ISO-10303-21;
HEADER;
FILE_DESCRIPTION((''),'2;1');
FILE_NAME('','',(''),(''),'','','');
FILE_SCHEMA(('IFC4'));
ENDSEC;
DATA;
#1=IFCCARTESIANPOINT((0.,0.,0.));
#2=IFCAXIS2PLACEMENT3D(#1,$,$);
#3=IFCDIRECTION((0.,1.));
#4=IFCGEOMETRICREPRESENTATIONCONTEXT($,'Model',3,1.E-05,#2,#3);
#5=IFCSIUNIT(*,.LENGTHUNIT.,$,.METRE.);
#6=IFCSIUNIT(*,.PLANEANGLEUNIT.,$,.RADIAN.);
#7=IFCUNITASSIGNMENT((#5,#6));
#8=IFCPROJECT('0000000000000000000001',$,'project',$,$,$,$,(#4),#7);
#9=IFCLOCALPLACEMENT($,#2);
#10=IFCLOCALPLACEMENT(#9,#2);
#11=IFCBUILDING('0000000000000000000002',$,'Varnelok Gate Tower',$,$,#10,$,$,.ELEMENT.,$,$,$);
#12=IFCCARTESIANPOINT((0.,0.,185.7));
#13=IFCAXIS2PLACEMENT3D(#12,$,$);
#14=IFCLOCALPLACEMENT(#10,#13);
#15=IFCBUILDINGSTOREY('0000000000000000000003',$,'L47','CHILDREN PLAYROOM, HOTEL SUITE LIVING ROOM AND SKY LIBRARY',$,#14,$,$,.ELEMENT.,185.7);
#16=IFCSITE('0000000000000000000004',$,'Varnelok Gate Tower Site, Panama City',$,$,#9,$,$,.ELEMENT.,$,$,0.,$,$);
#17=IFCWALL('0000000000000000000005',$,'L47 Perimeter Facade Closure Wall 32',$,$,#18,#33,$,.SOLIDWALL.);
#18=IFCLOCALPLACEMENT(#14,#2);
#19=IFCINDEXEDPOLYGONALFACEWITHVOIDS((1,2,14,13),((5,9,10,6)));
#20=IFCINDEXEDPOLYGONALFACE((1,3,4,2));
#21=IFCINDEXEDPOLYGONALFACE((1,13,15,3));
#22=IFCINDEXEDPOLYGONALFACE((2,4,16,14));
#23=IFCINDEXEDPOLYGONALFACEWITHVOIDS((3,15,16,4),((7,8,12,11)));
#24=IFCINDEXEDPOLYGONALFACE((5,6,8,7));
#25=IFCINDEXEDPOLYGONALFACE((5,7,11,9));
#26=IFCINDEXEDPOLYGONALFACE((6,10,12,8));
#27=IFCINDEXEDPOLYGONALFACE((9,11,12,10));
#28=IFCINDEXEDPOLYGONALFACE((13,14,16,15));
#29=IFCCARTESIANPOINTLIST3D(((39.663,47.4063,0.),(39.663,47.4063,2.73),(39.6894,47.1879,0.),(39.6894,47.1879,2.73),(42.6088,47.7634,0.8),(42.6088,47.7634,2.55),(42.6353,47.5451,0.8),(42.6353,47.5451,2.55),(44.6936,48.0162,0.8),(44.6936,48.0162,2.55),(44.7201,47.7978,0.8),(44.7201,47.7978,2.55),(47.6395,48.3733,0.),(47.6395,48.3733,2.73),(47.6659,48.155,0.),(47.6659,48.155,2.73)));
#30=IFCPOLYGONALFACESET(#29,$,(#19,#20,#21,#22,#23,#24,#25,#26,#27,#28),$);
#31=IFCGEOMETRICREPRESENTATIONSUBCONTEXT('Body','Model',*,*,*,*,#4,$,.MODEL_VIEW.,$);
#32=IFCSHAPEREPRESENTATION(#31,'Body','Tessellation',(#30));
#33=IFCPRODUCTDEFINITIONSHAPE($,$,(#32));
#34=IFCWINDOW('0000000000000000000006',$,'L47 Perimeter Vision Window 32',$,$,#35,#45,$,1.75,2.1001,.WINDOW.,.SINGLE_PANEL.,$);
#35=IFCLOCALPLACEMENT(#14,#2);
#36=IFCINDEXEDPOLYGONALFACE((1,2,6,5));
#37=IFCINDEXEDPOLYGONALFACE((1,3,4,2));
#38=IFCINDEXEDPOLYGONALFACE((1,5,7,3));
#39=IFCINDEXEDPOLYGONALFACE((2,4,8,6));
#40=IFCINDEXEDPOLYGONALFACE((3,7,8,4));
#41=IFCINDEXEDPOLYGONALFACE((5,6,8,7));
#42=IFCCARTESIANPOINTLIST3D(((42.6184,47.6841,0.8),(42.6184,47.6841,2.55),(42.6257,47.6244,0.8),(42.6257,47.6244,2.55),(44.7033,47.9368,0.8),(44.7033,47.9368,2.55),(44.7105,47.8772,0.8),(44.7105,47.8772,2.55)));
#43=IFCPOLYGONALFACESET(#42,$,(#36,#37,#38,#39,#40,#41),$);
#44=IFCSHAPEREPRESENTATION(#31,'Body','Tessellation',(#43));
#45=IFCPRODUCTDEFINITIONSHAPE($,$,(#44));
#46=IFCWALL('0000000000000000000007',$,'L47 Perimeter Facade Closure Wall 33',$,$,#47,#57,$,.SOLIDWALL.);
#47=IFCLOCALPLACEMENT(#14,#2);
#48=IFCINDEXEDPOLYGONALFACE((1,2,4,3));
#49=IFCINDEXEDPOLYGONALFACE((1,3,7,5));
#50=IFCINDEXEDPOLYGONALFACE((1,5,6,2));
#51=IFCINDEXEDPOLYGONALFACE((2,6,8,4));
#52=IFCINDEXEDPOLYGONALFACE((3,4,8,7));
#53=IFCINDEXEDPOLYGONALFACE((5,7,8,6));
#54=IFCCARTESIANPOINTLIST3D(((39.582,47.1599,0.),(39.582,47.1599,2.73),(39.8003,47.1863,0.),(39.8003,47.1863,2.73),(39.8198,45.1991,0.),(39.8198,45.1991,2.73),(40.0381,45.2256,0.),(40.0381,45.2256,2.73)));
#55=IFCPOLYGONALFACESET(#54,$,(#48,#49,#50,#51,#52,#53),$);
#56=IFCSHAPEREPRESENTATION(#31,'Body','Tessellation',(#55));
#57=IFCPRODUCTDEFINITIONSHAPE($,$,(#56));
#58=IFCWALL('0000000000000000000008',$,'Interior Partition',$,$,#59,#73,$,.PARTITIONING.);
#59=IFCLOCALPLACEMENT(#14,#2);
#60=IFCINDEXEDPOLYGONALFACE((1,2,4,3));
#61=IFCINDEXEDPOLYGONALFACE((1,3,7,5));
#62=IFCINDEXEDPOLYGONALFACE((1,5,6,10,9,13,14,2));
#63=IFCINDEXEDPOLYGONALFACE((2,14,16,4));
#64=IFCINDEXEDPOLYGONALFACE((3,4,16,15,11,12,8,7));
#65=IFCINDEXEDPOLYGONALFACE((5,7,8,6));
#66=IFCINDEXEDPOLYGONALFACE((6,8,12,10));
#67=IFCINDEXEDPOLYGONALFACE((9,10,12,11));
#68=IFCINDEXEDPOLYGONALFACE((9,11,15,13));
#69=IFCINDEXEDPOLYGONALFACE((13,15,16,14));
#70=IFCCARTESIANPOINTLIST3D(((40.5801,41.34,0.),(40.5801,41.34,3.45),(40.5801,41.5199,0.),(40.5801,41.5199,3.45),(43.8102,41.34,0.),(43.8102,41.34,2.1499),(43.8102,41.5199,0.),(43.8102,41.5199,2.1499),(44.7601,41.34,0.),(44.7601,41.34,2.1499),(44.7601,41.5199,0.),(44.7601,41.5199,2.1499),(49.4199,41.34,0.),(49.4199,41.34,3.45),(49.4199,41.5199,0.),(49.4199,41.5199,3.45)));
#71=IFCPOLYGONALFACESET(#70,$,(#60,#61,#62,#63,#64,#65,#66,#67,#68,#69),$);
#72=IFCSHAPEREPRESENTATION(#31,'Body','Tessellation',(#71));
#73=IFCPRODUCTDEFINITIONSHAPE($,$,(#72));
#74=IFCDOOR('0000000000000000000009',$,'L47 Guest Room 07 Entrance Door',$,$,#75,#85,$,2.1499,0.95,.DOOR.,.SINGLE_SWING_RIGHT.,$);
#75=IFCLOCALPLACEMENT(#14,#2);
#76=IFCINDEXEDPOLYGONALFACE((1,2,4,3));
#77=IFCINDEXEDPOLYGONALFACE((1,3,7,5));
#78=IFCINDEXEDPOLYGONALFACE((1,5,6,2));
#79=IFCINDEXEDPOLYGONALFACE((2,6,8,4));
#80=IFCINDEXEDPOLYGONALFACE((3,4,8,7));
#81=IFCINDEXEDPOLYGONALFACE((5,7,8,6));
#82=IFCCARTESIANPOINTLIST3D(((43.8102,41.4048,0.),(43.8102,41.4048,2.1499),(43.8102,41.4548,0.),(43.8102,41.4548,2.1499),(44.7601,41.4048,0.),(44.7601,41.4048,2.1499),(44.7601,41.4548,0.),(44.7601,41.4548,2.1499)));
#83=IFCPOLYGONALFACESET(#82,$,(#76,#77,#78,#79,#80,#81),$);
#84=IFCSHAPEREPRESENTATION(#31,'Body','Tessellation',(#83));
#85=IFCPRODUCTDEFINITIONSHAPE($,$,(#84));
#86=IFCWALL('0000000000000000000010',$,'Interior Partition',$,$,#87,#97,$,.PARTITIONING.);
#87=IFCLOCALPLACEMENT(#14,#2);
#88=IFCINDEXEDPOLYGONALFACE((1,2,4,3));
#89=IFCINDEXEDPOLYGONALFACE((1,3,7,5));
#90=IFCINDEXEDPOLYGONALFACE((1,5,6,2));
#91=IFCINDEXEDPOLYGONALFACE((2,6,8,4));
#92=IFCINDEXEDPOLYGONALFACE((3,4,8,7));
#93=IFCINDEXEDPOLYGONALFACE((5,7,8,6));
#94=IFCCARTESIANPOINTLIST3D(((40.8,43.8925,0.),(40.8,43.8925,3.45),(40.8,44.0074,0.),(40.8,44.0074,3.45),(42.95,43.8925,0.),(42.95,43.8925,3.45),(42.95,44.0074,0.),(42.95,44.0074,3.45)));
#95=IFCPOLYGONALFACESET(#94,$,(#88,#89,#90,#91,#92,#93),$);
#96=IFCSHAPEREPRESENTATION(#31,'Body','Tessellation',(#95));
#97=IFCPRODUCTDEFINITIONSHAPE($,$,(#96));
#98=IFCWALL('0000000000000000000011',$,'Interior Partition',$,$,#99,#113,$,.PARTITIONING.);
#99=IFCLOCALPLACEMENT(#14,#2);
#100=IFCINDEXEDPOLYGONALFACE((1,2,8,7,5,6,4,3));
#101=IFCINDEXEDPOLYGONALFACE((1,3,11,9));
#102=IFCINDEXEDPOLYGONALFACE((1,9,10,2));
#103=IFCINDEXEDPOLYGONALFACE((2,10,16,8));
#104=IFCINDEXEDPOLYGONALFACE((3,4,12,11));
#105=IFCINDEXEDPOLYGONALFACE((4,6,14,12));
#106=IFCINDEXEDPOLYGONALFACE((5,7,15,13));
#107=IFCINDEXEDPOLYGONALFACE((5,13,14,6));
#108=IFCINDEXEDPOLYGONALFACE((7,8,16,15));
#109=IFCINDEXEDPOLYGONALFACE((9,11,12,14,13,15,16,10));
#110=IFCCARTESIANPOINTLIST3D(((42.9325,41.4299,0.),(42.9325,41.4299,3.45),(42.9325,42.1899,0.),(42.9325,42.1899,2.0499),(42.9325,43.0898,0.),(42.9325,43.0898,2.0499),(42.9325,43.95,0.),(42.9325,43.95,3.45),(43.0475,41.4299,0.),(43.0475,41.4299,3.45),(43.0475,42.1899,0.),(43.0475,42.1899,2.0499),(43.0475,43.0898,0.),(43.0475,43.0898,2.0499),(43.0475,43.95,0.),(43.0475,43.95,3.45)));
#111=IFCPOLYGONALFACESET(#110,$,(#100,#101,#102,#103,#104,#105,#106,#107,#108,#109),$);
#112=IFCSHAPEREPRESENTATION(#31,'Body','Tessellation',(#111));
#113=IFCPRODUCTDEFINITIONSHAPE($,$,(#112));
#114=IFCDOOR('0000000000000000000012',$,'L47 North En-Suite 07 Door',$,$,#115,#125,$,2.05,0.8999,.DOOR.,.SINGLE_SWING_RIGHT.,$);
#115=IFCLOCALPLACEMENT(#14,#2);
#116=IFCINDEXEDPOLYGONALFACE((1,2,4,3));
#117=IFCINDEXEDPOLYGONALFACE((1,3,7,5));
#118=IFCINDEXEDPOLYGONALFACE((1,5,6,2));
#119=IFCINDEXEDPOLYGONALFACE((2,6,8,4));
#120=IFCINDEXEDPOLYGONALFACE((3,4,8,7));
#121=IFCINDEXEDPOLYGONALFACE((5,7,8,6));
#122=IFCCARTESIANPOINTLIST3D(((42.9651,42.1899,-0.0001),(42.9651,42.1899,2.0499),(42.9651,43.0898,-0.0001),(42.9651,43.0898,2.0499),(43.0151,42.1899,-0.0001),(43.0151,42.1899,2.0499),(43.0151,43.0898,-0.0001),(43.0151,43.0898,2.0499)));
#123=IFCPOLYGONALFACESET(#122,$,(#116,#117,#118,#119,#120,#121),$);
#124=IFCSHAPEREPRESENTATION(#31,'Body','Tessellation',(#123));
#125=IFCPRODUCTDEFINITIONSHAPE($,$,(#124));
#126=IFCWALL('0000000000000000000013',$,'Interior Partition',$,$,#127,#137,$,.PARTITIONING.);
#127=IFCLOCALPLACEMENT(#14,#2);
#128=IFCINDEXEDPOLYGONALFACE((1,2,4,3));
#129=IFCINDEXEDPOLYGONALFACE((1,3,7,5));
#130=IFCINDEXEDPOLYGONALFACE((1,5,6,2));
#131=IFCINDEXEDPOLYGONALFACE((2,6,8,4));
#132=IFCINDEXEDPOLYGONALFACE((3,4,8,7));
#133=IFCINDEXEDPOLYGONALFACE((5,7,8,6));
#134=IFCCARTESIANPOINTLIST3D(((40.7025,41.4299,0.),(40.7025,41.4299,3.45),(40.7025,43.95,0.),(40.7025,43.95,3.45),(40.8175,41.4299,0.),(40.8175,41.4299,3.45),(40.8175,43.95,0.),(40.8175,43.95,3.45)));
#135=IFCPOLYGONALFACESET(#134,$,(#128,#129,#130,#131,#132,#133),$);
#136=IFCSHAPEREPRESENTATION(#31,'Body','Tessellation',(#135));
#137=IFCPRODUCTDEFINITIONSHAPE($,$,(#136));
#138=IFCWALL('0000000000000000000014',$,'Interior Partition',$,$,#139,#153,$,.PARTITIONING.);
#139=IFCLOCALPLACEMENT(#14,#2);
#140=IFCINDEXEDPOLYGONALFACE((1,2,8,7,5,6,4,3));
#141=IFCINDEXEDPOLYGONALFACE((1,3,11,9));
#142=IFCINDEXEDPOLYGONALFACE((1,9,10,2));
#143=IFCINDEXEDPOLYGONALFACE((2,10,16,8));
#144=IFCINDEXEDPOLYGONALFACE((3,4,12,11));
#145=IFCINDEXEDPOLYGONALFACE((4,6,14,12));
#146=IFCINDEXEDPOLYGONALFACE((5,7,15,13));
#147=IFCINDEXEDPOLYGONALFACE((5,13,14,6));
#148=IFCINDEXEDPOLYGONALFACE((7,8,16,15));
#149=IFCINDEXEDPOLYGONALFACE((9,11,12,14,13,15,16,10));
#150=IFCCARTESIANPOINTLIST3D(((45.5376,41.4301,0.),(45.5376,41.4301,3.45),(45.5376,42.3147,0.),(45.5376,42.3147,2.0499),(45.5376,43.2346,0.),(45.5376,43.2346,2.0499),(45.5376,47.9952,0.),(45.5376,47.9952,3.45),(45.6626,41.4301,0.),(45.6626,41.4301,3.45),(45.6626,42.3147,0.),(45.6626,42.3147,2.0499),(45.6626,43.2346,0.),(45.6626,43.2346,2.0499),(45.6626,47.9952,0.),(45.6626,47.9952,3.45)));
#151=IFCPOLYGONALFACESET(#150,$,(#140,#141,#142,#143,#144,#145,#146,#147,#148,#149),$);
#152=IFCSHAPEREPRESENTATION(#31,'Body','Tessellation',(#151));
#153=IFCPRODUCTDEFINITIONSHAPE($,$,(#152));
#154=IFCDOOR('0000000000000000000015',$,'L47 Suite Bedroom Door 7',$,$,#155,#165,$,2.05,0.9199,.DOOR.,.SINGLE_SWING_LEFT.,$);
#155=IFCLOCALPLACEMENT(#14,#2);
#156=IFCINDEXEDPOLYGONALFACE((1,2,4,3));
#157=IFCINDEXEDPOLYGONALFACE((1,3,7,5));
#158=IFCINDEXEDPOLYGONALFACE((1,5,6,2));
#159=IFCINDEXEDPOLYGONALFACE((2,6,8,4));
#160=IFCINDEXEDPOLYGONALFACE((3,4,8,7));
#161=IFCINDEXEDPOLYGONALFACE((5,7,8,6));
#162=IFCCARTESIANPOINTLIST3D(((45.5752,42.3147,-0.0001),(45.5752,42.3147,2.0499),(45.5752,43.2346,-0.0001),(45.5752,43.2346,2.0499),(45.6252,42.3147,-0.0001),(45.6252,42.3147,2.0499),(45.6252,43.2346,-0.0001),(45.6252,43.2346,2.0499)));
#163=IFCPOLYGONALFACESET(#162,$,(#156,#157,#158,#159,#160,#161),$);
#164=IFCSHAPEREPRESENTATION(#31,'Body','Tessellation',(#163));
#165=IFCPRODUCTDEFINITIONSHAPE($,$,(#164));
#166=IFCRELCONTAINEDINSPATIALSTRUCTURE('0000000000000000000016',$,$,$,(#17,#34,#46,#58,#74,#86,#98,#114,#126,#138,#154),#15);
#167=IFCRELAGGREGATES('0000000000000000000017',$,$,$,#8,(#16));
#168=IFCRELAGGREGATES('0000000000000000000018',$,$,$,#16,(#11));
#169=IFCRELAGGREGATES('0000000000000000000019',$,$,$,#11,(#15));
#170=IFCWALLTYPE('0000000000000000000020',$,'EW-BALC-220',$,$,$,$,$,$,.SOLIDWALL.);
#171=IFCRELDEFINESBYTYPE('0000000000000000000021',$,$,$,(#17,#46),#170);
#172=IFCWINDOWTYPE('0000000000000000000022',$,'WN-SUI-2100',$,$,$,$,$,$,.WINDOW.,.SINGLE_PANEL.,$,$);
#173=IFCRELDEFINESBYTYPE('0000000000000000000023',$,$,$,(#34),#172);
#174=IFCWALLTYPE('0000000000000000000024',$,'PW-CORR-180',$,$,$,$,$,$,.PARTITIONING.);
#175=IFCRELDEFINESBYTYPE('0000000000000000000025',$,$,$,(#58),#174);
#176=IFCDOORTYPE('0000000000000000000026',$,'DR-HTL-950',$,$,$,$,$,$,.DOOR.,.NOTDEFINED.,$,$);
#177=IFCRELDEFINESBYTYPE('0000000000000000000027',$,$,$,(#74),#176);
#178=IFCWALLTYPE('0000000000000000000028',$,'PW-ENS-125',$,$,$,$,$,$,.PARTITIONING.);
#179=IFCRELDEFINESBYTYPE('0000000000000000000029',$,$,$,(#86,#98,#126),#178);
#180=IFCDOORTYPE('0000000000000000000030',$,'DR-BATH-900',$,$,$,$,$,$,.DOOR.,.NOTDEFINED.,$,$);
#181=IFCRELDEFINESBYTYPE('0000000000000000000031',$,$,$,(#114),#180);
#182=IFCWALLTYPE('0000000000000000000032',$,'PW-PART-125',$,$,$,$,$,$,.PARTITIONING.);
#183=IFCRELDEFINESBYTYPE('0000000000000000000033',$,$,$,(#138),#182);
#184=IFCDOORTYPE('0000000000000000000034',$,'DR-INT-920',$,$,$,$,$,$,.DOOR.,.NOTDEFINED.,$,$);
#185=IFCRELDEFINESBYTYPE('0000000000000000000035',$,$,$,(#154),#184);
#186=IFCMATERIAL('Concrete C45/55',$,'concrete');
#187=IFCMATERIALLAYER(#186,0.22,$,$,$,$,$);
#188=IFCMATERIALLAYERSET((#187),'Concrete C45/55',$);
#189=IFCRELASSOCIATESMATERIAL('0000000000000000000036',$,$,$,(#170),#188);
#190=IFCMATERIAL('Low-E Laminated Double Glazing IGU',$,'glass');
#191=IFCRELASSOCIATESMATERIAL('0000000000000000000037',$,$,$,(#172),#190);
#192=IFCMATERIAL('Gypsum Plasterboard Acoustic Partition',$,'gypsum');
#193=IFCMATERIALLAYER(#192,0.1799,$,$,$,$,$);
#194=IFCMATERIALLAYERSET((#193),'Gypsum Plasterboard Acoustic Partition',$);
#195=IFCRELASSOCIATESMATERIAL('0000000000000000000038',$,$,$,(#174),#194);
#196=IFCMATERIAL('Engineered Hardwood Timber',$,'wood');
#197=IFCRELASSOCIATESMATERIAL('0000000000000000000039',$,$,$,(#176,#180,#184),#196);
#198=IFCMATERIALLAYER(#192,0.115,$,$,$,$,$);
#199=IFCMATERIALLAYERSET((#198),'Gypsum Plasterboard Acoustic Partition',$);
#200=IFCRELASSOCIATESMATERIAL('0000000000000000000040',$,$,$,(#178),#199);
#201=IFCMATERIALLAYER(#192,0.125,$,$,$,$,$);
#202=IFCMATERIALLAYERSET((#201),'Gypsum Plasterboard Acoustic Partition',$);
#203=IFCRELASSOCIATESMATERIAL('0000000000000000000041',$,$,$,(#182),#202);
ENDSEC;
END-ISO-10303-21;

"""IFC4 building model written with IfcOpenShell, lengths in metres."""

from ifc_helpers import new_model, si_unit, direction, frame, frame_2d, origin, place, context, subcontext, project, spatial, rectangle, extrude, material, layer, layer_set, type_object, element, fill, save


model = new_model("IFC4")

# Units and contexts
model_context = context("Model", 3, precision=1e-05, world=origin(), true_north=direction((0.0, 1.0)))
body_context = subcontext(model_context, "Body", "Model", "MODEL_VIEW")
ifc_project = project(units=[si_unit("LENGTHUNIT", "METRE"), si_unit("PLANEANGLEUNIT", "RADIAN")], contexts=[model_context])

# Site, building, storey
site_placement = place(None, origin())
site = spatial("IfcSite", under=ifc_project, at=site_placement, Name="Varnelok Gate Tower Site, Panama City", CompositionType="ELEMENT", RefElevation=0.0)
building_placement = place(site_placement, origin())
building = spatial("IfcBuilding", under=site, at=building_placement, Name="Varnelok Gate Tower", CompositionType="ELEMENT")
storey_placement = place(building_placement, frame((0.0, 0.0, 185.7)))
storey = spatial("IfcBuildingStorey", under=building, at=storey_placement, Name="L47", Description="CHILDREN PLAYROOM, HOTEL SUITE LIVING ROOM AND SKY LIBRARY", CompositionType="ELEMENT", Elevation=185.7)

# Shared definitions
ifc_material_1 = material(Name="Concrete C45/55", Category="concrete")
ifc_layer_1 = layer(ifc_material_1, 0.22)
ifc_layer_set_1 = layer_set([ifc_layer_1], Name="Concrete C45/55")
wall_type_1 = type_object("IfcWallType", Name="EW-BALC-220", PredefinedType="SOLIDWALL", material=ifc_layer_set_1)

# Wall, opening, window
ifc_material_2 = material(Name="Low-E Laminated Double Glazing IGU", Category="glass")
wall_1_placement = place(storey_placement, frame((47.6528, 48.2642, 0.0), z_axis=(0.0, 0.0, 1.0), x_axis=(-0.992731, -0.120354, 0.0)))
wall_1 = element("IfcWall", 1, at=wall_1_placement, inside=storey, type_object=wall_type_1, Name="L47 Perimeter Facade Closure Wall 32", PredefinedType="SOLIDWALL", context=body_context, shape_type="SweptSolid", body=[
    extrude(rectangle(XDim=8.0349, YDim=0.22, at=frame_2d((4.0176, 0.0))), origin(), (0.0, 0.0, 1.0), 2.73),
])
opening_1_placement = place(wall_1_placement, frame((2.9675, 0.0, 0.8)))
opening_1 = element("IfcOpeningElement", 2, at=opening_1_placement, cuts=wall_1, PredefinedType="OPENING", context=body_context, shape_type="SweptSolid", body=[
    extrude(rectangle(XDim=2.1001, YDim=1.75, at=frame_2d((1.05, 0.875))), frame((0.0, 0.1199, 0.0), z_axis=(0.0, -1.0, 0.0), x_axis=(1.0, 0.0, 0.0)), (0.0, 0.0, 1.0), 0.24),
])
window_type_1 = type_object("IfcWindowType", Name="WN-SUI-2100", PartitioningType="SINGLE_PANEL", PredefinedType="WINDOW", material=ifc_material_2)
window_1_placement = place(opening_1_placement, origin())
window_1 = element("IfcWindow", 3, at=window_1_placement, inside=storey, type_object=window_type_1, Name="L47 Perimeter Vision Window 32", OverallHeight=1.75, OverallWidth=2.1001, PartitioningType="SINGLE_PANEL", PredefinedType="WINDOW", context=body_context, shape_type="SweptSolid", body=[
    extrude(rectangle(XDim=2.1001, YDim=1.75, at=frame_2d((1.05, 0.875))), frame((0.0, 0.03, 0.0), z_axis=(0.0, -1.0, 0.0), x_axis=(1.0, 0.0, 0.0)), (0.0, 0.0, 1.0), 0.0601),
])
fill(opening_1, window_1)

# Wall
wall_2_placement = place(storey_placement, frame((39.6912, 47.1731, 0.0), z_axis=(0.0, 0.0, 1.0), x_axis=(0.120398, -0.992726, 0.0)))
element("IfcWall", 4, at=wall_2_placement, inside=storey, type_object=wall_type_1, Name="L47 Perimeter Facade Closure Wall 33", PredefinedType="SOLIDWALL", context=body_context, shape_type="SweptSolid", body=[
    extrude(rectangle(XDim=1.9751, YDim=0.22, at=frame_2d((0.9875, 0.0))), origin(), (0.0, 0.0, 1.0), 2.73),
])

# Wall, opening, door
ifc_material_3 = material(Name="Gypsum Plasterboard Acoustic Partition", Category="gypsum")
ifc_layer_2 = layer(ifc_material_3, 0.1799)
ifc_layer_set_2 = layer_set([ifc_layer_2], Name="Gypsum Plasterboard Acoustic Partition")
wall_type_2 = type_object("IfcWallType", Name="PW-CORR-180", PredefinedType="PARTITIONING", material=ifc_layer_set_2)
wall_3_placement = place(storey_placement, frame((40.5801, 41.4299, 0.0), z_axis=(0.0, 0.0, 1.0), x_axis=(1.0, 0.0, 0.0)))
wall_3 = element("IfcWall", 5, at=wall_3_placement, inside=storey, type_object=wall_type_2, Name="Interior Partition", PredefinedType="PARTITIONING", context=body_context, shape_type="SweptSolid", body=[
    extrude(rectangle(XDim=8.8398, YDim=0.1799, at=frame_2d((4.4199, 0.0))), origin(), (0.0, 0.0, 1.0), 3.45),
])
opening_2_placement = place(wall_3_placement, frame((3.23, 0.0, 0.0)))
opening_2 = element("IfcOpeningElement", 6, at=opening_2_placement, cuts=wall_3, PredefinedType="OPENING", context=body_context, shape_type="SweptSolid", body=[
    extrude(rectangle(XDim=0.95, YDim=2.1499, at=frame_2d((0.4751, 1.075))), frame((0.0, 0.0999, 0.0), z_axis=(0.0, -1.0, 0.0), x_axis=(1.0, 0.0, 0.0)), (0.0, 0.0, 1.0), 0.2),
])
ifc_material_4 = material(Name="Engineered Hardwood Timber", Category="wood")
door_type_1 = type_object("IfcDoorType", Name="DR-HTL-950", OperationType="NOTDEFINED", PredefinedType="DOOR", material=ifc_material_4)
door_1_placement = place(opening_2_placement, origin())
door_1 = element("IfcDoor", 7, at=door_1_placement, inside=storey, type_object=door_type_1, Name="L47 Guest Room 07 Entrance Door", OperationType="SINGLE_SWING_RIGHT", OverallHeight=2.1499, OverallWidth=0.95, PredefinedType="DOOR", context=body_context, shape_type="SweptSolid", body=[
    extrude(rectangle(XDim=0.95, YDim=2.1499, at=frame_2d((0.4751, 1.075))), frame((0.0, 0.0249, 0.0), z_axis=(0.0, -1.0, 0.0), x_axis=(1.0, 0.0, 0.0)), (0.0, 0.0, 1.0), 0.05),
])
fill(opening_2, door_1)

# Wall
ifc_layer_3 = layer(ifc_material_3, 0.115)
ifc_layer_set_3 = layer_set([ifc_layer_3], Name="Gypsum Plasterboard Acoustic Partition")
wall_type_3 = type_object("IfcWallType", Name="PW-ENS-125", PredefinedType="PARTITIONING", material=ifc_layer_set_3)
wall_4_placement = place(storey_placement, frame((40.8, 43.95, 0.0), z_axis=(0.0, 0.0, 1.0), x_axis=(1.0, 0.0, 0.0)))
element("IfcWall", 8, at=wall_4_placement, inside=storey, type_object=wall_type_3, Name="Interior Partition", PredefinedType="PARTITIONING", context=body_context, shape_type="SweptSolid", body=[
    extrude(rectangle(XDim=2.1499, YDim=0.115, at=frame_2d((1.075, 0.0))), origin(), (0.0, 0.0, 1.0), 3.45),
])

# Wall, opening, door
wall_5_placement = place(storey_placement, frame((42.99, 41.4299, 0.0), z_axis=(0.0, 0.0, 1.0), x_axis=(0.0, 1.0, 0.0)))
wall_5 = element("IfcWall", 9, at=wall_5_placement, inside=storey, type_object=wall_type_3, Name="Interior Partition", PredefinedType="PARTITIONING", context=body_context, shape_type="SweptSolid", body=[
    extrude(rectangle(XDim=2.52, YDim=0.115, at=frame_2d((1.26, 0.0))), origin(), (0.0, 0.0, 1.0), 3.45),
])
opening_3_placement = place(wall_5_placement, frame((0.76, 0.0, 0.0)))
opening_3 = element("IfcOpeningElement", 10, at=opening_3_placement, cuts=wall_5, PredefinedType="OPENING", context=body_context, shape_type="SweptSolid", body=[
    extrude(rectangle(XDim=0.8999, YDim=2.05, at=frame_2d((0.45, 1.0249))), frame((0.0, 0.0674, 0.0), z_axis=(0.0, -1.0, 0.0), x_axis=(1.0, 0.0, 0.0)), (0.0, 0.0, 1.0), 0.135),
])
door_type_2 = type_object("IfcDoorType", Name="DR-BATH-900", OperationType="NOTDEFINED", PredefinedType="DOOR", material=ifc_material_4)
door_2_placement = place(opening_3_placement, origin())
door_2 = element("IfcDoor", 11, at=door_2_placement, inside=storey, type_object=door_type_2, Name="L47 North En-Suite 07 Door", OperationType="SINGLE_SWING_RIGHT", OverallHeight=2.05, OverallWidth=0.8999, PredefinedType="DOOR", context=body_context, shape_type="SweptSolid", body=[
    extrude(rectangle(XDim=0.8999, YDim=2.05, at=frame_2d((0.45, 1.0249))), frame((0.0, 0.0249, 0.0), z_axis=(0.0, -1.0, 0.0), x_axis=(1.0, 0.0, 0.0)), (0.0, 0.0, 1.0), 0.05),
])
fill(opening_3, door_2)

# Wall
wall_6_placement = place(storey_placement, frame((40.76, 41.4299, 0.0), z_axis=(0.0, 0.0, 1.0), x_axis=(0.0, 1.0, 0.0)))
element("IfcWall", 12, at=wall_6_placement, inside=storey, type_object=wall_type_3, Name="Interior Partition", PredefinedType="PARTITIONING", context=body_context, shape_type="SweptSolid", body=[
    extrude(rectangle(XDim=2.52, YDim=0.115, at=frame_2d((1.26, 0.0))), origin(), (0.0, 0.0, 1.0), 3.45),
])

# Wall, opening, door
ifc_layer_4 = layer(ifc_material_3, 0.125)
ifc_layer_set_4 = layer_set([ifc_layer_4], Name="Gypsum Plasterboard Acoustic Partition")
wall_type_4 = type_object("IfcWallType", Name="PW-PART-125", PredefinedType="PARTITIONING", material=ifc_layer_set_4)
wall_7_placement = place(storey_placement, frame((45.6001, 41.4299, 0.0), z_axis=(0.0, 0.0, 1.0), x_axis=(0.0, 1.0, 0.0)))
wall_7 = element("IfcWall", 13, at=wall_7_placement, inside=storey, type_object=wall_type_4, Name="Interior Partition", PredefinedType="PARTITIONING", context=body_context, shape_type="SweptSolid", body=[
    extrude(rectangle(XDim=6.5652, YDim=0.125, at=frame_2d((3.2827, 0.0))), origin(), (0.0, 0.0, 1.0), 3.45),
])
opening_4_placement = place(wall_7_placement, frame((0.8848, 0.0, 0.0)))
opening_4 = element("IfcOpeningElement", 14, at=opening_4_placement, cuts=wall_7, PredefinedType="OPENING", context=body_context, shape_type="SweptSolid", body=[
    extrude(rectangle(XDim=0.9199, YDim=2.05, at=frame_2d((0.46, 1.0249))), frame((0.0, 0.0725, 0.0), z_axis=(0.0, -1.0, 0.0), x_axis=(1.0, 0.0, 0.0)), (0.0, 0.0, 1.0), 0.145),
])
door_type_3 = type_object("IfcDoorType", Name="DR-INT-920", OperationType="NOTDEFINED", PredefinedType="DOOR", material=ifc_material_4)
door_3_placement = place(opening_4_placement, origin())
door_3 = element("IfcDoor", 15, at=door_3_placement, inside=storey, type_object=door_type_3, Name="L47 Suite Bedroom Door 7", OperationType="SINGLE_SWING_LEFT", OverallHeight=2.05, OverallWidth=0.9199, PredefinedType="DOOR", context=body_context, shape_type="SweptSolid", body=[
    extrude(rectangle(XDim=0.9199, YDim=2.05, at=frame_2d((0.46, 1.0249))), frame((0.0, 0.0249, 0.0), z_axis=(0.0, -1.0, 0.0), x_axis=(1.0, 0.0, 0.0)), (0.0, 0.0, 1.0), 0.05),
])
fill(opening_4, door_3)

save(model, "model.ifc")
